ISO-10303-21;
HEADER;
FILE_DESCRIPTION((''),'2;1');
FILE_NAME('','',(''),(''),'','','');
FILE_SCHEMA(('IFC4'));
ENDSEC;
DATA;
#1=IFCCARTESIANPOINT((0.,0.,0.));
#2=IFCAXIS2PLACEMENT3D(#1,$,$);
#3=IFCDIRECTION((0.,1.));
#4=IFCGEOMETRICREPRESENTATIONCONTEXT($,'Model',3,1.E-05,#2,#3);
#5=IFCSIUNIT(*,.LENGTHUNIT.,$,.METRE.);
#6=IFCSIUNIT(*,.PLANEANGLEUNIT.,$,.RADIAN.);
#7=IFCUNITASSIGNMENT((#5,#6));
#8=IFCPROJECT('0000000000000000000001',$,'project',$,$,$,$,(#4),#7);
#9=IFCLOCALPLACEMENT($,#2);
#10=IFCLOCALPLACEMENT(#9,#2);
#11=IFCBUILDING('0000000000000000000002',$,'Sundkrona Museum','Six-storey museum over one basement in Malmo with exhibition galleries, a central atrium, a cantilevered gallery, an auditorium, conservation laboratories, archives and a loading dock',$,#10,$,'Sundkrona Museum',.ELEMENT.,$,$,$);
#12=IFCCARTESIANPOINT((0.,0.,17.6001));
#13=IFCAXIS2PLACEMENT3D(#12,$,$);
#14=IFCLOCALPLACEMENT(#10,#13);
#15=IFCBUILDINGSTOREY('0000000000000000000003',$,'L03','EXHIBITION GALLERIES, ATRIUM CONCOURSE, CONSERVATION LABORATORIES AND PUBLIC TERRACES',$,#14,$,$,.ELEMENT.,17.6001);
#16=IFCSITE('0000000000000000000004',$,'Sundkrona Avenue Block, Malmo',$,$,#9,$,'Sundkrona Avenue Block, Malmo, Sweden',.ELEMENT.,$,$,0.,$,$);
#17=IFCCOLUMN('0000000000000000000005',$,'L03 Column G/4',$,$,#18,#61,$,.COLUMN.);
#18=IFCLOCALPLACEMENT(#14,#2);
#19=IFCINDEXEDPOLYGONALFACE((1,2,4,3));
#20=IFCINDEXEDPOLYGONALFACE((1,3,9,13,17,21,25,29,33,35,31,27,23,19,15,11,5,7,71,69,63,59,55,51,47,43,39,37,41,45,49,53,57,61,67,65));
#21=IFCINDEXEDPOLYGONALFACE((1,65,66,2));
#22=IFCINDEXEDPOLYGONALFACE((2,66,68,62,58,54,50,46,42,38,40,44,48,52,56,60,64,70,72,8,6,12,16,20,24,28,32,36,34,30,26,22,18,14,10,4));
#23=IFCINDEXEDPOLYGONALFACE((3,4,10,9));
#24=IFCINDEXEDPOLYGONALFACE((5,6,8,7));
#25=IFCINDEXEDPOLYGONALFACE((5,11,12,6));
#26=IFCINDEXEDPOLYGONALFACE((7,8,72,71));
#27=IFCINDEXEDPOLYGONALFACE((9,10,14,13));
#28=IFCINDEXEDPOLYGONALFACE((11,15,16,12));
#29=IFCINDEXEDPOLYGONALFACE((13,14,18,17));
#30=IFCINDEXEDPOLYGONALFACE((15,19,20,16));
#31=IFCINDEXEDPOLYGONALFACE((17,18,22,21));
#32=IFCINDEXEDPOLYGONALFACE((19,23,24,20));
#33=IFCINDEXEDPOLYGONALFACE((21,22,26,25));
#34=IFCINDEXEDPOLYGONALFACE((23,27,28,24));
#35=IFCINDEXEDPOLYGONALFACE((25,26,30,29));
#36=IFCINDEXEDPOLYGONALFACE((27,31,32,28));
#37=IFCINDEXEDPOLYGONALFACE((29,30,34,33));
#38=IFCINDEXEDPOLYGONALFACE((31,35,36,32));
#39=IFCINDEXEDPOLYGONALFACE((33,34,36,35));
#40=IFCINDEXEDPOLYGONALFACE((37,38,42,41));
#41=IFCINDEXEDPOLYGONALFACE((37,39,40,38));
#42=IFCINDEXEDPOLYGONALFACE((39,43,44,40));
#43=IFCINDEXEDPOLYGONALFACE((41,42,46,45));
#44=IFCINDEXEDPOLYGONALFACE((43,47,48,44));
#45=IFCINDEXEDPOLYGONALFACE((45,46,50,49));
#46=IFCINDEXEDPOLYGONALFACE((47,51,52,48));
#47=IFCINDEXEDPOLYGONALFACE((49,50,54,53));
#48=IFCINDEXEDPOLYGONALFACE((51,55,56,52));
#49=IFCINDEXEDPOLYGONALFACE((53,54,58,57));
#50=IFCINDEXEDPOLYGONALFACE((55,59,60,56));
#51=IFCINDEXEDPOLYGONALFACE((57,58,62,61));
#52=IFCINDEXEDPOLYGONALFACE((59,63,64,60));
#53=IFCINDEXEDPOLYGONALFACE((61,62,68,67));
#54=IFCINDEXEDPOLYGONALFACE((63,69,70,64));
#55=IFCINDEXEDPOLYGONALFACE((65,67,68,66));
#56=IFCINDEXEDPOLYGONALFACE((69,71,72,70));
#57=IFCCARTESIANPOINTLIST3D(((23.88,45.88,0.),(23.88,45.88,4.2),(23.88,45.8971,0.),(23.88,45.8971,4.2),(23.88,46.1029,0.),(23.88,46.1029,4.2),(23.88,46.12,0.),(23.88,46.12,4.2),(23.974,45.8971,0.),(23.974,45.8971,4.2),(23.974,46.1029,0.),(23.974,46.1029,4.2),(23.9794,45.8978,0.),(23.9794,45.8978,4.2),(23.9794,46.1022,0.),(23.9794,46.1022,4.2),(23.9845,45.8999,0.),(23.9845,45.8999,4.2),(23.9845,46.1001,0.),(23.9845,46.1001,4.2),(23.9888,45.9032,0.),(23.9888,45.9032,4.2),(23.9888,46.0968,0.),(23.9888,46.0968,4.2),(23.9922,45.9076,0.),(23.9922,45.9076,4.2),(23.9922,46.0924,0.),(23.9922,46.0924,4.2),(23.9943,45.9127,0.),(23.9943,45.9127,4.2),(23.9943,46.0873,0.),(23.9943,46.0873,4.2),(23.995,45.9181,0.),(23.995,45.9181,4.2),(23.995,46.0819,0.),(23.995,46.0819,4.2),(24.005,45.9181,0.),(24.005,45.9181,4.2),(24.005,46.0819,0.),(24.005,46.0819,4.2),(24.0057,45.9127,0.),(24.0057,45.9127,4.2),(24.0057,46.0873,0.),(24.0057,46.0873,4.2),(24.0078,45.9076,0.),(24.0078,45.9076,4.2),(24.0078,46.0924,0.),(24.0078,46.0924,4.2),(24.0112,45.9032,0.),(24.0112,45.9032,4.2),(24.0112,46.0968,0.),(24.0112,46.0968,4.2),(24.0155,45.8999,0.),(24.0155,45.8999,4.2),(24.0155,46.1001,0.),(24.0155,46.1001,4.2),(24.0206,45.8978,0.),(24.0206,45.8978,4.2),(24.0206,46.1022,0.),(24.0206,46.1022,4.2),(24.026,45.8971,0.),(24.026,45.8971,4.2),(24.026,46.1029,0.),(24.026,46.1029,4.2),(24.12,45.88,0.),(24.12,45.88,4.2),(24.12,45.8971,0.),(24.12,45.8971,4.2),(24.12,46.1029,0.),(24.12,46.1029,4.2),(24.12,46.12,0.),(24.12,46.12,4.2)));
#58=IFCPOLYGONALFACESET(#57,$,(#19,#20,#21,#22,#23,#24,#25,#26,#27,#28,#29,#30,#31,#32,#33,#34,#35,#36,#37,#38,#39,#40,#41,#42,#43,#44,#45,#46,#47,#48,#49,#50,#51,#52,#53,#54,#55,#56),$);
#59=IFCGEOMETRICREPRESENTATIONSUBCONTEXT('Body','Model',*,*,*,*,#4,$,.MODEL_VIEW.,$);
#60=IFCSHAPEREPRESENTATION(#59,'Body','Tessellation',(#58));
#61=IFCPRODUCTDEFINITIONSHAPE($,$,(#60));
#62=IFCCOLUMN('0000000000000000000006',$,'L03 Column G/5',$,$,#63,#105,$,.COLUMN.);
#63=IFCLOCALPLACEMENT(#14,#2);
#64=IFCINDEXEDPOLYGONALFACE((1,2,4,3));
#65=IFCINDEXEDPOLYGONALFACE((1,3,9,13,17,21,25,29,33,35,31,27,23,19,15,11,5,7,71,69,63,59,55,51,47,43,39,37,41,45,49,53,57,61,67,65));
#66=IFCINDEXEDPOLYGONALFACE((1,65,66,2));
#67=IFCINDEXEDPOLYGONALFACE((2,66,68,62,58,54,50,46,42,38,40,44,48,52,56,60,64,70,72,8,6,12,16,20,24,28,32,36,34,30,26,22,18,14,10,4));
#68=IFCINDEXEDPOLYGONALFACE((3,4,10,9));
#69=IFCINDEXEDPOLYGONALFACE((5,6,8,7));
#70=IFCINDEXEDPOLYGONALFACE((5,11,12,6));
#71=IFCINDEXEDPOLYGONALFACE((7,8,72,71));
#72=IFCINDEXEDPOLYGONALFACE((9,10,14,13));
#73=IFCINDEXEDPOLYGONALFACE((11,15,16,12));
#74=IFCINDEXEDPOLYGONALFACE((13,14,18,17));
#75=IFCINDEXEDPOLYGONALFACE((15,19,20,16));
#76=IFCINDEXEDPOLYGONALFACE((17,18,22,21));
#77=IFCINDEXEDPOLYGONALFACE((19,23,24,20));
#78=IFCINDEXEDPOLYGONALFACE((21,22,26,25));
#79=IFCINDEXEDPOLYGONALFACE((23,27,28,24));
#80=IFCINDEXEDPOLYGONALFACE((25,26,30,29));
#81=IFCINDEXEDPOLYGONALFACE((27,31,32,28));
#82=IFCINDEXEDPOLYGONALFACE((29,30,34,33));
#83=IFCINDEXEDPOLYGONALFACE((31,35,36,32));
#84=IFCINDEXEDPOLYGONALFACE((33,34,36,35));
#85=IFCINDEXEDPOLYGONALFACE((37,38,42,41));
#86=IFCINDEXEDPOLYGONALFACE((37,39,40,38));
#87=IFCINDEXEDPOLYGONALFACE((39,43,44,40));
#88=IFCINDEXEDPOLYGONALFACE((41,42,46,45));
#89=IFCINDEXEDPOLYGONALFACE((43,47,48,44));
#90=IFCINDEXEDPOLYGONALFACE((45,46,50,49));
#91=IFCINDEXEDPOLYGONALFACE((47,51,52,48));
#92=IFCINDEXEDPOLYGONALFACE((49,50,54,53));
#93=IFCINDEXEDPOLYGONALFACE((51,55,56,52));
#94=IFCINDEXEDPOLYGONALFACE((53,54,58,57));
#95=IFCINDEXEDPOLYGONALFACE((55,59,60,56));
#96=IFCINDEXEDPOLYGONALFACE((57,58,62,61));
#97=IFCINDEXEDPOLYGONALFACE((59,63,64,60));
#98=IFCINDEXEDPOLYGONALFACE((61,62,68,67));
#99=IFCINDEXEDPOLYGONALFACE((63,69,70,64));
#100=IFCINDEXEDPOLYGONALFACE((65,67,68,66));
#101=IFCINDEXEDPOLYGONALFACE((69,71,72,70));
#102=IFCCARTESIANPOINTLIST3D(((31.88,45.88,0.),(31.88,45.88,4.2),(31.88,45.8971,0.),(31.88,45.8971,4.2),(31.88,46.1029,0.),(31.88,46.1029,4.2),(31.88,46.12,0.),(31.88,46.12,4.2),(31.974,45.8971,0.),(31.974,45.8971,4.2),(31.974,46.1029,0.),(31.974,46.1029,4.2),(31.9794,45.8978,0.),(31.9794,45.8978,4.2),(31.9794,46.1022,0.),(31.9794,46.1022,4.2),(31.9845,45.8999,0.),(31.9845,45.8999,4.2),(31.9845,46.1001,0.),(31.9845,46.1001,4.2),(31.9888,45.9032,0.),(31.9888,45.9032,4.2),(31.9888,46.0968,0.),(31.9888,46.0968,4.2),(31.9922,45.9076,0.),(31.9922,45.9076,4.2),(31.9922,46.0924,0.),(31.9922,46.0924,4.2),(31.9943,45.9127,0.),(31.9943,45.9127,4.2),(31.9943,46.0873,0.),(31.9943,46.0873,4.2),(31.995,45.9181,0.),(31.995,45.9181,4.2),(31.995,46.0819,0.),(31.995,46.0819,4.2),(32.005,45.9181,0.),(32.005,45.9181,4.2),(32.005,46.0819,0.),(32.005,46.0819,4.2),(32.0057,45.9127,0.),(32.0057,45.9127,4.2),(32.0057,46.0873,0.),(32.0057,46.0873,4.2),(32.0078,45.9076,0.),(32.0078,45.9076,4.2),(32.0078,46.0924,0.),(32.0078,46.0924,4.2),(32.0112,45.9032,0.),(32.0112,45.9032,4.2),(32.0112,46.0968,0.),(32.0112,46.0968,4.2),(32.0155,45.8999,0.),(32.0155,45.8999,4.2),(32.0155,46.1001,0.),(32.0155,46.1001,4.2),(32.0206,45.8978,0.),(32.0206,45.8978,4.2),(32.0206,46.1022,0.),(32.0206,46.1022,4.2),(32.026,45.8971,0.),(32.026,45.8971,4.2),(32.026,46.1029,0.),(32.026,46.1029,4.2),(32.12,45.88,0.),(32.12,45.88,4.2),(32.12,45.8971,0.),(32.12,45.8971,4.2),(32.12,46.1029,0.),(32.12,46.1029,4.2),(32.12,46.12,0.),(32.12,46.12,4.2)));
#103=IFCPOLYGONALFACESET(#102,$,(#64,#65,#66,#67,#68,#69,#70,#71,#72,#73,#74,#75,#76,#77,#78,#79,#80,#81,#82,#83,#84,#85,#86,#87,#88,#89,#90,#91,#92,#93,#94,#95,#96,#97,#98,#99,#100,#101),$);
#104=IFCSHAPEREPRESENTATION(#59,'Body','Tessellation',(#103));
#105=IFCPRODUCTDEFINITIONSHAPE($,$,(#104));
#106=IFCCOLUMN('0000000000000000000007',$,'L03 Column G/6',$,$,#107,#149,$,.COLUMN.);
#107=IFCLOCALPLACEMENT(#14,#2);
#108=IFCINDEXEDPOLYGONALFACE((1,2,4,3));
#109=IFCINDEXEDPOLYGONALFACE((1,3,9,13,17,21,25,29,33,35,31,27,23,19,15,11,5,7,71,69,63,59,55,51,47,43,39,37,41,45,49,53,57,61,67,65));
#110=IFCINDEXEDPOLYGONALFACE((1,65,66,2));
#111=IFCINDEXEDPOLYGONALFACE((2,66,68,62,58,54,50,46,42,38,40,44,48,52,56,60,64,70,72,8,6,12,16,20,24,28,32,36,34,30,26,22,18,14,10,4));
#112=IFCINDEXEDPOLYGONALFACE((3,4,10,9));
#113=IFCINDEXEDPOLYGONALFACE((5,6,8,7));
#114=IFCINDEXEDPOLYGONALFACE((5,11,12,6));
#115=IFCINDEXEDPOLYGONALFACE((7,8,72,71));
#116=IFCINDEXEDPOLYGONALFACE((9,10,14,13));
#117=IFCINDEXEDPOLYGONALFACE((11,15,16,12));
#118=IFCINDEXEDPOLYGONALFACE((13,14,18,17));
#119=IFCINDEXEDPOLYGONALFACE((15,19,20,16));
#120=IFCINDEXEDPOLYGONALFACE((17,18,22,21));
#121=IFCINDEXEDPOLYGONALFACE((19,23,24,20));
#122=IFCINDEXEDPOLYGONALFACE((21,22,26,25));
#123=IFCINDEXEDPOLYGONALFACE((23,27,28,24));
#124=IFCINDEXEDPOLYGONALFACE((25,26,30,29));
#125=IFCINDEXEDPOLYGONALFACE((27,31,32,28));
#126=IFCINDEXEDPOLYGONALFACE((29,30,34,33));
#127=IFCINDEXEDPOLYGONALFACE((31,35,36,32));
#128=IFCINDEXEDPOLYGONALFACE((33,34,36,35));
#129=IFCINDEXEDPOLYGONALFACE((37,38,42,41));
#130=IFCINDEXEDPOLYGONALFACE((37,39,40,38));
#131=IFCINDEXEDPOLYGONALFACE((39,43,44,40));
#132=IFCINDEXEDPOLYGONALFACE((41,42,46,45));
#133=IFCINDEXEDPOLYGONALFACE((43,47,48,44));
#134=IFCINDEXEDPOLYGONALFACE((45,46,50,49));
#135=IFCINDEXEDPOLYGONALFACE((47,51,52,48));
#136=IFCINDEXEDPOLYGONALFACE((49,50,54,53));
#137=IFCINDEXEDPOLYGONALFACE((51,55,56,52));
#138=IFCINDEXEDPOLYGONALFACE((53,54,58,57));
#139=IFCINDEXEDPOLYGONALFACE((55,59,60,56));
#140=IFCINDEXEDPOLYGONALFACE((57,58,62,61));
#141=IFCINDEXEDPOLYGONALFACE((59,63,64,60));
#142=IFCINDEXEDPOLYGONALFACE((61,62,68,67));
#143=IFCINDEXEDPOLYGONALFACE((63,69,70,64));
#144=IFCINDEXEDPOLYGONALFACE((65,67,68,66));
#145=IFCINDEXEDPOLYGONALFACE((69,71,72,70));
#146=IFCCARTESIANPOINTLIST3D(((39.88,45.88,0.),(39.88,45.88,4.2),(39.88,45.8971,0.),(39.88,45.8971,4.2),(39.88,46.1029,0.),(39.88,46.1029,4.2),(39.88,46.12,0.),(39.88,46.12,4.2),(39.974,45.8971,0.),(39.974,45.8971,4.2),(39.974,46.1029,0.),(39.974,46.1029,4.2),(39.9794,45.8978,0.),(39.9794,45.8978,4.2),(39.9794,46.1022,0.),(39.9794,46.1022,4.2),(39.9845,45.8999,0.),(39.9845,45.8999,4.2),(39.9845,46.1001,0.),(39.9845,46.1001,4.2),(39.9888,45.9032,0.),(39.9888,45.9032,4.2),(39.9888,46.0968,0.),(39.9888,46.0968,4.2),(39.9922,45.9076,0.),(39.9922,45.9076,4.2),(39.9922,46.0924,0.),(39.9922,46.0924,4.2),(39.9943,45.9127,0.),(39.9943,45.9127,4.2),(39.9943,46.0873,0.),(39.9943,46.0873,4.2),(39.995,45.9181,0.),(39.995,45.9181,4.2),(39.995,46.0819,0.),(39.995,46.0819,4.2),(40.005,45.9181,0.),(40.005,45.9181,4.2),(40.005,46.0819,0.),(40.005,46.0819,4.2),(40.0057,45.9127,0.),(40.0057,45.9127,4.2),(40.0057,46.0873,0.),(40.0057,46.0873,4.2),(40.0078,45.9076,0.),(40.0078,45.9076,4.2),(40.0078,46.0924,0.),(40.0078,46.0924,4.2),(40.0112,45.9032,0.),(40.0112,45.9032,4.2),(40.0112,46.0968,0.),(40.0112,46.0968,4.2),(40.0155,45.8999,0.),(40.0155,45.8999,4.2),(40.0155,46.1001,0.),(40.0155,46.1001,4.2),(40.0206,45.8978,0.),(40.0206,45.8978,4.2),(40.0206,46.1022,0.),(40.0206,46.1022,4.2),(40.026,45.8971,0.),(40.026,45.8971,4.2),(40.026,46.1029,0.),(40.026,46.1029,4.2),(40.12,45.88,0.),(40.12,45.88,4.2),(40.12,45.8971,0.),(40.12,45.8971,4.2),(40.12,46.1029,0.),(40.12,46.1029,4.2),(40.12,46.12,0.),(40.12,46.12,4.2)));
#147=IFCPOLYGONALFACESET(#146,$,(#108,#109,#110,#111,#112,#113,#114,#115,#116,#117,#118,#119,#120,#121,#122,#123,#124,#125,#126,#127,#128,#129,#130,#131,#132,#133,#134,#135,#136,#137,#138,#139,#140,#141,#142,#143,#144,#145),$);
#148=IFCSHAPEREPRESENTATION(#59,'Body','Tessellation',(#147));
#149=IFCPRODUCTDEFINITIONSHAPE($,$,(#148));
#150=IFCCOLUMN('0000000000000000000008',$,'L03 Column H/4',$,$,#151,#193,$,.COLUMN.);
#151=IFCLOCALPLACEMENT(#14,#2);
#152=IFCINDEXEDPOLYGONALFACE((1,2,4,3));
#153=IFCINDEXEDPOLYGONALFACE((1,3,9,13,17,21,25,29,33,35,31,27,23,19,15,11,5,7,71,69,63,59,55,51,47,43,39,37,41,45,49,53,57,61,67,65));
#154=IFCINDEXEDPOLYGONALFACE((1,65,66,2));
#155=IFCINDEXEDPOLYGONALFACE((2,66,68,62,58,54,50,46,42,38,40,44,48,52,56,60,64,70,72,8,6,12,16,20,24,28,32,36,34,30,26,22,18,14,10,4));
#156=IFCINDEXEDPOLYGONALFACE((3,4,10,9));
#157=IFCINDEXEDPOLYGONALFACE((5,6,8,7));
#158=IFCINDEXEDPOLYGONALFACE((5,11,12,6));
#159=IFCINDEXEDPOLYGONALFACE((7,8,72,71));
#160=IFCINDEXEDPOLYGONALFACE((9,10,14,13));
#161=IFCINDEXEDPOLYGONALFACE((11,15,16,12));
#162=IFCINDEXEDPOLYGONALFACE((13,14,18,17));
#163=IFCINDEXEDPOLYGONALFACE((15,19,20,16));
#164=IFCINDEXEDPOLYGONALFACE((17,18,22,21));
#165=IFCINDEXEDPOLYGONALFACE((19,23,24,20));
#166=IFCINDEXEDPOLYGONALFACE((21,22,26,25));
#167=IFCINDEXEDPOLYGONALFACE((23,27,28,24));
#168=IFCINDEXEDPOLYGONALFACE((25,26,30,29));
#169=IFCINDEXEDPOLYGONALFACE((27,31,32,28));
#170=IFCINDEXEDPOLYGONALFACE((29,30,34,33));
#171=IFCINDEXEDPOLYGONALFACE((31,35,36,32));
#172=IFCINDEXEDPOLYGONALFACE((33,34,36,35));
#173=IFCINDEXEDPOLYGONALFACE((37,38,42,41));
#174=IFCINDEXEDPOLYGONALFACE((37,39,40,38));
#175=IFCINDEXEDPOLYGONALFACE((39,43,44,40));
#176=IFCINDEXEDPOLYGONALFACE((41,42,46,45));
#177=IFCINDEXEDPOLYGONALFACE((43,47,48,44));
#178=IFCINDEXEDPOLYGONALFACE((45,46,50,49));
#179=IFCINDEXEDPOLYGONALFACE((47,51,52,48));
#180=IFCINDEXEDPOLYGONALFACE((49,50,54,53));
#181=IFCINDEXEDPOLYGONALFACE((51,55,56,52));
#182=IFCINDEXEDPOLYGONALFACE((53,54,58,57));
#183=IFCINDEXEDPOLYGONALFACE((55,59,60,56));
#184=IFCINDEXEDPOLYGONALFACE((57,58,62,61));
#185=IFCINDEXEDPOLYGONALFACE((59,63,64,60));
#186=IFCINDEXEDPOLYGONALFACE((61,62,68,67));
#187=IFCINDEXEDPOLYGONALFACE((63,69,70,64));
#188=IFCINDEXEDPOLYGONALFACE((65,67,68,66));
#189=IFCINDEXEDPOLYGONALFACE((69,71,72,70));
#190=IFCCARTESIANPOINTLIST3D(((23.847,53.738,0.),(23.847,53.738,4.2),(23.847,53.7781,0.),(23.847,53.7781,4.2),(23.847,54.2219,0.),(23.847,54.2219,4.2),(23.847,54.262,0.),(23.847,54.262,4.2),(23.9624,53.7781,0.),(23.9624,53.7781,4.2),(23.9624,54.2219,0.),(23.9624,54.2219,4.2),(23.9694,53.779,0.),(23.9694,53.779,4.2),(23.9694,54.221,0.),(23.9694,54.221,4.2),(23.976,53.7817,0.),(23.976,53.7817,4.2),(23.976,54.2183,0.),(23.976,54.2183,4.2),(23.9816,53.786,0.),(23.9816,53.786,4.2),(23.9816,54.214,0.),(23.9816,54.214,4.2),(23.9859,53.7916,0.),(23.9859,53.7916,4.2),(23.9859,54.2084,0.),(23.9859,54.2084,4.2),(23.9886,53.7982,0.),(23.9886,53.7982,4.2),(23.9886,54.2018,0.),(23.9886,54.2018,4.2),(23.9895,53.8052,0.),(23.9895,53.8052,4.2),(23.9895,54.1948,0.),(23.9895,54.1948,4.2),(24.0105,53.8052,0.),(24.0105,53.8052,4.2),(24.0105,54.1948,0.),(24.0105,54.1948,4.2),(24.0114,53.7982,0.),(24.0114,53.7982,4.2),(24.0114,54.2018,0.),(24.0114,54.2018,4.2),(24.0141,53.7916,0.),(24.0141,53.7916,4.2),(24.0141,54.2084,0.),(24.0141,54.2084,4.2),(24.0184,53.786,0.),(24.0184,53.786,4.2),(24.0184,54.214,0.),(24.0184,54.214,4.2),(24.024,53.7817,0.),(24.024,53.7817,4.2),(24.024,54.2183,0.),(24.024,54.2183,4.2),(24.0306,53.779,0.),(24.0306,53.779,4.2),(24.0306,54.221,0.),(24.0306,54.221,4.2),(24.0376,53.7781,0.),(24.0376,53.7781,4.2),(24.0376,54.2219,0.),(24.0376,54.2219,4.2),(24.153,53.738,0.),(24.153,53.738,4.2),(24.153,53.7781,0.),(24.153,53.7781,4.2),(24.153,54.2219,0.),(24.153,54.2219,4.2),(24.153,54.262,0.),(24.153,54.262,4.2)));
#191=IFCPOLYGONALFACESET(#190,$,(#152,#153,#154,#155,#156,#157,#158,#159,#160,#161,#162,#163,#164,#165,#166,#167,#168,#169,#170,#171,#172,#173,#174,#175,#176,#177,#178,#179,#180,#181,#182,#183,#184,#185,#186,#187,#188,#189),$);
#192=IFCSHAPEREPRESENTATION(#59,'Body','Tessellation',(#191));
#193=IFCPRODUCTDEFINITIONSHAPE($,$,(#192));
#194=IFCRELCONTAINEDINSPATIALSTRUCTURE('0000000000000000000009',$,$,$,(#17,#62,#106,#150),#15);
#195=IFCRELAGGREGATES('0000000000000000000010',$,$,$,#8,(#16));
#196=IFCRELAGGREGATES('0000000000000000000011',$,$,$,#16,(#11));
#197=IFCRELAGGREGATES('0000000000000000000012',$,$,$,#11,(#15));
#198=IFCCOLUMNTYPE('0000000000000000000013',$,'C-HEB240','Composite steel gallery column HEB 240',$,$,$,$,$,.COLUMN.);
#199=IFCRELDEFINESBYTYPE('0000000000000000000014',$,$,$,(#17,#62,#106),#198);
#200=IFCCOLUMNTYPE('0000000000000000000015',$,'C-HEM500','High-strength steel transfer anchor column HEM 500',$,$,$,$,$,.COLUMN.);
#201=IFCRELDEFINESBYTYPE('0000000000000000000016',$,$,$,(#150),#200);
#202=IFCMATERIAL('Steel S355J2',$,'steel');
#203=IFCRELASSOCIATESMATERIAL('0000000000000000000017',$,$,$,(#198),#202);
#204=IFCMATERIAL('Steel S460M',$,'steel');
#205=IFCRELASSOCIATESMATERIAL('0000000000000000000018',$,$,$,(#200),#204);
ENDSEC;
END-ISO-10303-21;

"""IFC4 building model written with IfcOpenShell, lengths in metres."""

from ifc_helpers import new_model, si_unit, direction, frame, origin, origin_2d, place, context, subcontext, project, spatial, i_section, extrude, material, material_profile, profile_set, type_object, element, save


model = new_model("IFC4")

# Units and contexts
model_context = context("Model", 3, precision=1e-05, world=origin(), true_north=direction((0.0, 1.0)))
body_context = subcontext(model_context, "Body", "Model", "MODEL_VIEW")
ifc_project = project(units=[si_unit("LENGTHUNIT", "METRE"), si_unit("PLANEANGLEUNIT", "RADIAN")], contexts=[model_context])

# Site, building, storey
site_placement = place(None, origin())
site = spatial("IfcSite", under=ifc_project, at=site_placement, Name="Sundkrona Avenue Block, Malmo", LongName="Sundkrona Avenue Block, Malmo, Sweden", CompositionType="ELEMENT", RefElevation=0.0)
building_placement = place(site_placement, origin())
building = spatial("IfcBuilding", under=site, at=building_placement, Name="Sundkrona Museum", Description="Six-storey museum over one basement in Malmo with exhibition galleries, a central atrium, a cantilevered gallery, an auditorium, conservation laboratories, archives and a loading dock", LongName="Sundkrona Museum", CompositionType="ELEMENT")
storey_placement = place(building_placement, frame((0.0, 0.0, 17.6001)))
storey = spatial("IfcBuildingStorey", under=building, at=storey_placement, Name="L03", Description="EXHIBITION GALLERIES, ATRIUM CONCOURSE, CONSERVATION LABORATORIES AND PUBLIC TERRACES", CompositionType="ELEMENT", Elevation=17.6001)

# Columns
ifc_material_1 = material(Name="Steel S355J2", Category="steel")
ifc_material_profile_1 = material_profile(ifc_material_1, i_section(OverallWidth=0.24, OverallDepth=0.24, WebThickness=0.01, FlangeThickness=0.0171, FilletRadius=0.021, at=origin_2d()), Name="HEB 240")
ifc_profile_set_1 = profile_set([ifc_material_profile_1], Name="Steel S355J2")
column_type_1 = type_object("IfcColumnType", Name="C-HEB240", Description="Composite steel gallery column HEB 240", PredefinedType="COLUMN", material=ifc_profile_set_1)
for number, where, z_axis, x_axis, name in (
    (1, (24.0, 46.0, 0.0), (0.0, 0.0, 1.0), (1.0, 0.0, 0.0), "L03 Column G/4"),
    (2, (32.0, 46.0, 0.0), (0.0, 0.0, 1.0), (1.0, 0.0, 0.0), "L03 Column G/5"),
    (3, (40.0, 46.0, 0.0), (0.0, 0.0, 1.0), (1.0, 0.0, 0.0), "L03 Column G/6"),
):
    element("IfcColumn", number, at=place(storey_placement, frame(where, z_axis=z_axis, x_axis=x_axis)), inside=storey, type_object=column_type_1, Name=name, PredefinedType="COLUMN", context=body_context, shape_type="SweptSolid", body=[
        extrude(i_section(OverallWidth=0.24, OverallDepth=0.24, WebThickness=0.01, FlangeThickness=0.0171, FilletRadius=0.021, at=origin_2d()), origin(), (0.0, 0.0, 1.0), 4.2),
    ])
ifc_material_2 = material(Name="Steel S460M", Category="steel")
ifc_material_profile_2 = material_profile(ifc_material_2, i_section(OverallWidth=0.3059, OverallDepth=0.5239, WebThickness=0.021, FlangeThickness=0.04, FilletRadius=0.0271, at=origin_2d()), Name="HEM 500")
ifc_profile_set_2 = profile_set([ifc_material_profile_2], Name="Steel S460M")
column_type_2 = type_object("IfcColumnType", Name="C-HEM500", Description="High-strength steel transfer anchor column HEM 500", PredefinedType="COLUMN", material=ifc_profile_set_2)
column_placement = place(storey_placement, frame((24.0, 54.0, 0.0), z_axis=(0.0, 0.0, 1.0), x_axis=(1.0, 0.0, 0.0)))
element("IfcColumn", 4, at=column_placement, inside=storey, type_object=column_type_2, Name="L03 Column H/4", PredefinedType="COLUMN", context=body_context, shape_type="SweptSolid", body=[
    extrude(i_section(OverallWidth=0.3059, OverallDepth=0.5239, WebThickness=0.021, FlangeThickness=0.04, FilletRadius=0.0271, at=origin_2d()), origin(), (0.0, 0.0, 1.0), 4.2),
])

save(model, "model.ifc")
